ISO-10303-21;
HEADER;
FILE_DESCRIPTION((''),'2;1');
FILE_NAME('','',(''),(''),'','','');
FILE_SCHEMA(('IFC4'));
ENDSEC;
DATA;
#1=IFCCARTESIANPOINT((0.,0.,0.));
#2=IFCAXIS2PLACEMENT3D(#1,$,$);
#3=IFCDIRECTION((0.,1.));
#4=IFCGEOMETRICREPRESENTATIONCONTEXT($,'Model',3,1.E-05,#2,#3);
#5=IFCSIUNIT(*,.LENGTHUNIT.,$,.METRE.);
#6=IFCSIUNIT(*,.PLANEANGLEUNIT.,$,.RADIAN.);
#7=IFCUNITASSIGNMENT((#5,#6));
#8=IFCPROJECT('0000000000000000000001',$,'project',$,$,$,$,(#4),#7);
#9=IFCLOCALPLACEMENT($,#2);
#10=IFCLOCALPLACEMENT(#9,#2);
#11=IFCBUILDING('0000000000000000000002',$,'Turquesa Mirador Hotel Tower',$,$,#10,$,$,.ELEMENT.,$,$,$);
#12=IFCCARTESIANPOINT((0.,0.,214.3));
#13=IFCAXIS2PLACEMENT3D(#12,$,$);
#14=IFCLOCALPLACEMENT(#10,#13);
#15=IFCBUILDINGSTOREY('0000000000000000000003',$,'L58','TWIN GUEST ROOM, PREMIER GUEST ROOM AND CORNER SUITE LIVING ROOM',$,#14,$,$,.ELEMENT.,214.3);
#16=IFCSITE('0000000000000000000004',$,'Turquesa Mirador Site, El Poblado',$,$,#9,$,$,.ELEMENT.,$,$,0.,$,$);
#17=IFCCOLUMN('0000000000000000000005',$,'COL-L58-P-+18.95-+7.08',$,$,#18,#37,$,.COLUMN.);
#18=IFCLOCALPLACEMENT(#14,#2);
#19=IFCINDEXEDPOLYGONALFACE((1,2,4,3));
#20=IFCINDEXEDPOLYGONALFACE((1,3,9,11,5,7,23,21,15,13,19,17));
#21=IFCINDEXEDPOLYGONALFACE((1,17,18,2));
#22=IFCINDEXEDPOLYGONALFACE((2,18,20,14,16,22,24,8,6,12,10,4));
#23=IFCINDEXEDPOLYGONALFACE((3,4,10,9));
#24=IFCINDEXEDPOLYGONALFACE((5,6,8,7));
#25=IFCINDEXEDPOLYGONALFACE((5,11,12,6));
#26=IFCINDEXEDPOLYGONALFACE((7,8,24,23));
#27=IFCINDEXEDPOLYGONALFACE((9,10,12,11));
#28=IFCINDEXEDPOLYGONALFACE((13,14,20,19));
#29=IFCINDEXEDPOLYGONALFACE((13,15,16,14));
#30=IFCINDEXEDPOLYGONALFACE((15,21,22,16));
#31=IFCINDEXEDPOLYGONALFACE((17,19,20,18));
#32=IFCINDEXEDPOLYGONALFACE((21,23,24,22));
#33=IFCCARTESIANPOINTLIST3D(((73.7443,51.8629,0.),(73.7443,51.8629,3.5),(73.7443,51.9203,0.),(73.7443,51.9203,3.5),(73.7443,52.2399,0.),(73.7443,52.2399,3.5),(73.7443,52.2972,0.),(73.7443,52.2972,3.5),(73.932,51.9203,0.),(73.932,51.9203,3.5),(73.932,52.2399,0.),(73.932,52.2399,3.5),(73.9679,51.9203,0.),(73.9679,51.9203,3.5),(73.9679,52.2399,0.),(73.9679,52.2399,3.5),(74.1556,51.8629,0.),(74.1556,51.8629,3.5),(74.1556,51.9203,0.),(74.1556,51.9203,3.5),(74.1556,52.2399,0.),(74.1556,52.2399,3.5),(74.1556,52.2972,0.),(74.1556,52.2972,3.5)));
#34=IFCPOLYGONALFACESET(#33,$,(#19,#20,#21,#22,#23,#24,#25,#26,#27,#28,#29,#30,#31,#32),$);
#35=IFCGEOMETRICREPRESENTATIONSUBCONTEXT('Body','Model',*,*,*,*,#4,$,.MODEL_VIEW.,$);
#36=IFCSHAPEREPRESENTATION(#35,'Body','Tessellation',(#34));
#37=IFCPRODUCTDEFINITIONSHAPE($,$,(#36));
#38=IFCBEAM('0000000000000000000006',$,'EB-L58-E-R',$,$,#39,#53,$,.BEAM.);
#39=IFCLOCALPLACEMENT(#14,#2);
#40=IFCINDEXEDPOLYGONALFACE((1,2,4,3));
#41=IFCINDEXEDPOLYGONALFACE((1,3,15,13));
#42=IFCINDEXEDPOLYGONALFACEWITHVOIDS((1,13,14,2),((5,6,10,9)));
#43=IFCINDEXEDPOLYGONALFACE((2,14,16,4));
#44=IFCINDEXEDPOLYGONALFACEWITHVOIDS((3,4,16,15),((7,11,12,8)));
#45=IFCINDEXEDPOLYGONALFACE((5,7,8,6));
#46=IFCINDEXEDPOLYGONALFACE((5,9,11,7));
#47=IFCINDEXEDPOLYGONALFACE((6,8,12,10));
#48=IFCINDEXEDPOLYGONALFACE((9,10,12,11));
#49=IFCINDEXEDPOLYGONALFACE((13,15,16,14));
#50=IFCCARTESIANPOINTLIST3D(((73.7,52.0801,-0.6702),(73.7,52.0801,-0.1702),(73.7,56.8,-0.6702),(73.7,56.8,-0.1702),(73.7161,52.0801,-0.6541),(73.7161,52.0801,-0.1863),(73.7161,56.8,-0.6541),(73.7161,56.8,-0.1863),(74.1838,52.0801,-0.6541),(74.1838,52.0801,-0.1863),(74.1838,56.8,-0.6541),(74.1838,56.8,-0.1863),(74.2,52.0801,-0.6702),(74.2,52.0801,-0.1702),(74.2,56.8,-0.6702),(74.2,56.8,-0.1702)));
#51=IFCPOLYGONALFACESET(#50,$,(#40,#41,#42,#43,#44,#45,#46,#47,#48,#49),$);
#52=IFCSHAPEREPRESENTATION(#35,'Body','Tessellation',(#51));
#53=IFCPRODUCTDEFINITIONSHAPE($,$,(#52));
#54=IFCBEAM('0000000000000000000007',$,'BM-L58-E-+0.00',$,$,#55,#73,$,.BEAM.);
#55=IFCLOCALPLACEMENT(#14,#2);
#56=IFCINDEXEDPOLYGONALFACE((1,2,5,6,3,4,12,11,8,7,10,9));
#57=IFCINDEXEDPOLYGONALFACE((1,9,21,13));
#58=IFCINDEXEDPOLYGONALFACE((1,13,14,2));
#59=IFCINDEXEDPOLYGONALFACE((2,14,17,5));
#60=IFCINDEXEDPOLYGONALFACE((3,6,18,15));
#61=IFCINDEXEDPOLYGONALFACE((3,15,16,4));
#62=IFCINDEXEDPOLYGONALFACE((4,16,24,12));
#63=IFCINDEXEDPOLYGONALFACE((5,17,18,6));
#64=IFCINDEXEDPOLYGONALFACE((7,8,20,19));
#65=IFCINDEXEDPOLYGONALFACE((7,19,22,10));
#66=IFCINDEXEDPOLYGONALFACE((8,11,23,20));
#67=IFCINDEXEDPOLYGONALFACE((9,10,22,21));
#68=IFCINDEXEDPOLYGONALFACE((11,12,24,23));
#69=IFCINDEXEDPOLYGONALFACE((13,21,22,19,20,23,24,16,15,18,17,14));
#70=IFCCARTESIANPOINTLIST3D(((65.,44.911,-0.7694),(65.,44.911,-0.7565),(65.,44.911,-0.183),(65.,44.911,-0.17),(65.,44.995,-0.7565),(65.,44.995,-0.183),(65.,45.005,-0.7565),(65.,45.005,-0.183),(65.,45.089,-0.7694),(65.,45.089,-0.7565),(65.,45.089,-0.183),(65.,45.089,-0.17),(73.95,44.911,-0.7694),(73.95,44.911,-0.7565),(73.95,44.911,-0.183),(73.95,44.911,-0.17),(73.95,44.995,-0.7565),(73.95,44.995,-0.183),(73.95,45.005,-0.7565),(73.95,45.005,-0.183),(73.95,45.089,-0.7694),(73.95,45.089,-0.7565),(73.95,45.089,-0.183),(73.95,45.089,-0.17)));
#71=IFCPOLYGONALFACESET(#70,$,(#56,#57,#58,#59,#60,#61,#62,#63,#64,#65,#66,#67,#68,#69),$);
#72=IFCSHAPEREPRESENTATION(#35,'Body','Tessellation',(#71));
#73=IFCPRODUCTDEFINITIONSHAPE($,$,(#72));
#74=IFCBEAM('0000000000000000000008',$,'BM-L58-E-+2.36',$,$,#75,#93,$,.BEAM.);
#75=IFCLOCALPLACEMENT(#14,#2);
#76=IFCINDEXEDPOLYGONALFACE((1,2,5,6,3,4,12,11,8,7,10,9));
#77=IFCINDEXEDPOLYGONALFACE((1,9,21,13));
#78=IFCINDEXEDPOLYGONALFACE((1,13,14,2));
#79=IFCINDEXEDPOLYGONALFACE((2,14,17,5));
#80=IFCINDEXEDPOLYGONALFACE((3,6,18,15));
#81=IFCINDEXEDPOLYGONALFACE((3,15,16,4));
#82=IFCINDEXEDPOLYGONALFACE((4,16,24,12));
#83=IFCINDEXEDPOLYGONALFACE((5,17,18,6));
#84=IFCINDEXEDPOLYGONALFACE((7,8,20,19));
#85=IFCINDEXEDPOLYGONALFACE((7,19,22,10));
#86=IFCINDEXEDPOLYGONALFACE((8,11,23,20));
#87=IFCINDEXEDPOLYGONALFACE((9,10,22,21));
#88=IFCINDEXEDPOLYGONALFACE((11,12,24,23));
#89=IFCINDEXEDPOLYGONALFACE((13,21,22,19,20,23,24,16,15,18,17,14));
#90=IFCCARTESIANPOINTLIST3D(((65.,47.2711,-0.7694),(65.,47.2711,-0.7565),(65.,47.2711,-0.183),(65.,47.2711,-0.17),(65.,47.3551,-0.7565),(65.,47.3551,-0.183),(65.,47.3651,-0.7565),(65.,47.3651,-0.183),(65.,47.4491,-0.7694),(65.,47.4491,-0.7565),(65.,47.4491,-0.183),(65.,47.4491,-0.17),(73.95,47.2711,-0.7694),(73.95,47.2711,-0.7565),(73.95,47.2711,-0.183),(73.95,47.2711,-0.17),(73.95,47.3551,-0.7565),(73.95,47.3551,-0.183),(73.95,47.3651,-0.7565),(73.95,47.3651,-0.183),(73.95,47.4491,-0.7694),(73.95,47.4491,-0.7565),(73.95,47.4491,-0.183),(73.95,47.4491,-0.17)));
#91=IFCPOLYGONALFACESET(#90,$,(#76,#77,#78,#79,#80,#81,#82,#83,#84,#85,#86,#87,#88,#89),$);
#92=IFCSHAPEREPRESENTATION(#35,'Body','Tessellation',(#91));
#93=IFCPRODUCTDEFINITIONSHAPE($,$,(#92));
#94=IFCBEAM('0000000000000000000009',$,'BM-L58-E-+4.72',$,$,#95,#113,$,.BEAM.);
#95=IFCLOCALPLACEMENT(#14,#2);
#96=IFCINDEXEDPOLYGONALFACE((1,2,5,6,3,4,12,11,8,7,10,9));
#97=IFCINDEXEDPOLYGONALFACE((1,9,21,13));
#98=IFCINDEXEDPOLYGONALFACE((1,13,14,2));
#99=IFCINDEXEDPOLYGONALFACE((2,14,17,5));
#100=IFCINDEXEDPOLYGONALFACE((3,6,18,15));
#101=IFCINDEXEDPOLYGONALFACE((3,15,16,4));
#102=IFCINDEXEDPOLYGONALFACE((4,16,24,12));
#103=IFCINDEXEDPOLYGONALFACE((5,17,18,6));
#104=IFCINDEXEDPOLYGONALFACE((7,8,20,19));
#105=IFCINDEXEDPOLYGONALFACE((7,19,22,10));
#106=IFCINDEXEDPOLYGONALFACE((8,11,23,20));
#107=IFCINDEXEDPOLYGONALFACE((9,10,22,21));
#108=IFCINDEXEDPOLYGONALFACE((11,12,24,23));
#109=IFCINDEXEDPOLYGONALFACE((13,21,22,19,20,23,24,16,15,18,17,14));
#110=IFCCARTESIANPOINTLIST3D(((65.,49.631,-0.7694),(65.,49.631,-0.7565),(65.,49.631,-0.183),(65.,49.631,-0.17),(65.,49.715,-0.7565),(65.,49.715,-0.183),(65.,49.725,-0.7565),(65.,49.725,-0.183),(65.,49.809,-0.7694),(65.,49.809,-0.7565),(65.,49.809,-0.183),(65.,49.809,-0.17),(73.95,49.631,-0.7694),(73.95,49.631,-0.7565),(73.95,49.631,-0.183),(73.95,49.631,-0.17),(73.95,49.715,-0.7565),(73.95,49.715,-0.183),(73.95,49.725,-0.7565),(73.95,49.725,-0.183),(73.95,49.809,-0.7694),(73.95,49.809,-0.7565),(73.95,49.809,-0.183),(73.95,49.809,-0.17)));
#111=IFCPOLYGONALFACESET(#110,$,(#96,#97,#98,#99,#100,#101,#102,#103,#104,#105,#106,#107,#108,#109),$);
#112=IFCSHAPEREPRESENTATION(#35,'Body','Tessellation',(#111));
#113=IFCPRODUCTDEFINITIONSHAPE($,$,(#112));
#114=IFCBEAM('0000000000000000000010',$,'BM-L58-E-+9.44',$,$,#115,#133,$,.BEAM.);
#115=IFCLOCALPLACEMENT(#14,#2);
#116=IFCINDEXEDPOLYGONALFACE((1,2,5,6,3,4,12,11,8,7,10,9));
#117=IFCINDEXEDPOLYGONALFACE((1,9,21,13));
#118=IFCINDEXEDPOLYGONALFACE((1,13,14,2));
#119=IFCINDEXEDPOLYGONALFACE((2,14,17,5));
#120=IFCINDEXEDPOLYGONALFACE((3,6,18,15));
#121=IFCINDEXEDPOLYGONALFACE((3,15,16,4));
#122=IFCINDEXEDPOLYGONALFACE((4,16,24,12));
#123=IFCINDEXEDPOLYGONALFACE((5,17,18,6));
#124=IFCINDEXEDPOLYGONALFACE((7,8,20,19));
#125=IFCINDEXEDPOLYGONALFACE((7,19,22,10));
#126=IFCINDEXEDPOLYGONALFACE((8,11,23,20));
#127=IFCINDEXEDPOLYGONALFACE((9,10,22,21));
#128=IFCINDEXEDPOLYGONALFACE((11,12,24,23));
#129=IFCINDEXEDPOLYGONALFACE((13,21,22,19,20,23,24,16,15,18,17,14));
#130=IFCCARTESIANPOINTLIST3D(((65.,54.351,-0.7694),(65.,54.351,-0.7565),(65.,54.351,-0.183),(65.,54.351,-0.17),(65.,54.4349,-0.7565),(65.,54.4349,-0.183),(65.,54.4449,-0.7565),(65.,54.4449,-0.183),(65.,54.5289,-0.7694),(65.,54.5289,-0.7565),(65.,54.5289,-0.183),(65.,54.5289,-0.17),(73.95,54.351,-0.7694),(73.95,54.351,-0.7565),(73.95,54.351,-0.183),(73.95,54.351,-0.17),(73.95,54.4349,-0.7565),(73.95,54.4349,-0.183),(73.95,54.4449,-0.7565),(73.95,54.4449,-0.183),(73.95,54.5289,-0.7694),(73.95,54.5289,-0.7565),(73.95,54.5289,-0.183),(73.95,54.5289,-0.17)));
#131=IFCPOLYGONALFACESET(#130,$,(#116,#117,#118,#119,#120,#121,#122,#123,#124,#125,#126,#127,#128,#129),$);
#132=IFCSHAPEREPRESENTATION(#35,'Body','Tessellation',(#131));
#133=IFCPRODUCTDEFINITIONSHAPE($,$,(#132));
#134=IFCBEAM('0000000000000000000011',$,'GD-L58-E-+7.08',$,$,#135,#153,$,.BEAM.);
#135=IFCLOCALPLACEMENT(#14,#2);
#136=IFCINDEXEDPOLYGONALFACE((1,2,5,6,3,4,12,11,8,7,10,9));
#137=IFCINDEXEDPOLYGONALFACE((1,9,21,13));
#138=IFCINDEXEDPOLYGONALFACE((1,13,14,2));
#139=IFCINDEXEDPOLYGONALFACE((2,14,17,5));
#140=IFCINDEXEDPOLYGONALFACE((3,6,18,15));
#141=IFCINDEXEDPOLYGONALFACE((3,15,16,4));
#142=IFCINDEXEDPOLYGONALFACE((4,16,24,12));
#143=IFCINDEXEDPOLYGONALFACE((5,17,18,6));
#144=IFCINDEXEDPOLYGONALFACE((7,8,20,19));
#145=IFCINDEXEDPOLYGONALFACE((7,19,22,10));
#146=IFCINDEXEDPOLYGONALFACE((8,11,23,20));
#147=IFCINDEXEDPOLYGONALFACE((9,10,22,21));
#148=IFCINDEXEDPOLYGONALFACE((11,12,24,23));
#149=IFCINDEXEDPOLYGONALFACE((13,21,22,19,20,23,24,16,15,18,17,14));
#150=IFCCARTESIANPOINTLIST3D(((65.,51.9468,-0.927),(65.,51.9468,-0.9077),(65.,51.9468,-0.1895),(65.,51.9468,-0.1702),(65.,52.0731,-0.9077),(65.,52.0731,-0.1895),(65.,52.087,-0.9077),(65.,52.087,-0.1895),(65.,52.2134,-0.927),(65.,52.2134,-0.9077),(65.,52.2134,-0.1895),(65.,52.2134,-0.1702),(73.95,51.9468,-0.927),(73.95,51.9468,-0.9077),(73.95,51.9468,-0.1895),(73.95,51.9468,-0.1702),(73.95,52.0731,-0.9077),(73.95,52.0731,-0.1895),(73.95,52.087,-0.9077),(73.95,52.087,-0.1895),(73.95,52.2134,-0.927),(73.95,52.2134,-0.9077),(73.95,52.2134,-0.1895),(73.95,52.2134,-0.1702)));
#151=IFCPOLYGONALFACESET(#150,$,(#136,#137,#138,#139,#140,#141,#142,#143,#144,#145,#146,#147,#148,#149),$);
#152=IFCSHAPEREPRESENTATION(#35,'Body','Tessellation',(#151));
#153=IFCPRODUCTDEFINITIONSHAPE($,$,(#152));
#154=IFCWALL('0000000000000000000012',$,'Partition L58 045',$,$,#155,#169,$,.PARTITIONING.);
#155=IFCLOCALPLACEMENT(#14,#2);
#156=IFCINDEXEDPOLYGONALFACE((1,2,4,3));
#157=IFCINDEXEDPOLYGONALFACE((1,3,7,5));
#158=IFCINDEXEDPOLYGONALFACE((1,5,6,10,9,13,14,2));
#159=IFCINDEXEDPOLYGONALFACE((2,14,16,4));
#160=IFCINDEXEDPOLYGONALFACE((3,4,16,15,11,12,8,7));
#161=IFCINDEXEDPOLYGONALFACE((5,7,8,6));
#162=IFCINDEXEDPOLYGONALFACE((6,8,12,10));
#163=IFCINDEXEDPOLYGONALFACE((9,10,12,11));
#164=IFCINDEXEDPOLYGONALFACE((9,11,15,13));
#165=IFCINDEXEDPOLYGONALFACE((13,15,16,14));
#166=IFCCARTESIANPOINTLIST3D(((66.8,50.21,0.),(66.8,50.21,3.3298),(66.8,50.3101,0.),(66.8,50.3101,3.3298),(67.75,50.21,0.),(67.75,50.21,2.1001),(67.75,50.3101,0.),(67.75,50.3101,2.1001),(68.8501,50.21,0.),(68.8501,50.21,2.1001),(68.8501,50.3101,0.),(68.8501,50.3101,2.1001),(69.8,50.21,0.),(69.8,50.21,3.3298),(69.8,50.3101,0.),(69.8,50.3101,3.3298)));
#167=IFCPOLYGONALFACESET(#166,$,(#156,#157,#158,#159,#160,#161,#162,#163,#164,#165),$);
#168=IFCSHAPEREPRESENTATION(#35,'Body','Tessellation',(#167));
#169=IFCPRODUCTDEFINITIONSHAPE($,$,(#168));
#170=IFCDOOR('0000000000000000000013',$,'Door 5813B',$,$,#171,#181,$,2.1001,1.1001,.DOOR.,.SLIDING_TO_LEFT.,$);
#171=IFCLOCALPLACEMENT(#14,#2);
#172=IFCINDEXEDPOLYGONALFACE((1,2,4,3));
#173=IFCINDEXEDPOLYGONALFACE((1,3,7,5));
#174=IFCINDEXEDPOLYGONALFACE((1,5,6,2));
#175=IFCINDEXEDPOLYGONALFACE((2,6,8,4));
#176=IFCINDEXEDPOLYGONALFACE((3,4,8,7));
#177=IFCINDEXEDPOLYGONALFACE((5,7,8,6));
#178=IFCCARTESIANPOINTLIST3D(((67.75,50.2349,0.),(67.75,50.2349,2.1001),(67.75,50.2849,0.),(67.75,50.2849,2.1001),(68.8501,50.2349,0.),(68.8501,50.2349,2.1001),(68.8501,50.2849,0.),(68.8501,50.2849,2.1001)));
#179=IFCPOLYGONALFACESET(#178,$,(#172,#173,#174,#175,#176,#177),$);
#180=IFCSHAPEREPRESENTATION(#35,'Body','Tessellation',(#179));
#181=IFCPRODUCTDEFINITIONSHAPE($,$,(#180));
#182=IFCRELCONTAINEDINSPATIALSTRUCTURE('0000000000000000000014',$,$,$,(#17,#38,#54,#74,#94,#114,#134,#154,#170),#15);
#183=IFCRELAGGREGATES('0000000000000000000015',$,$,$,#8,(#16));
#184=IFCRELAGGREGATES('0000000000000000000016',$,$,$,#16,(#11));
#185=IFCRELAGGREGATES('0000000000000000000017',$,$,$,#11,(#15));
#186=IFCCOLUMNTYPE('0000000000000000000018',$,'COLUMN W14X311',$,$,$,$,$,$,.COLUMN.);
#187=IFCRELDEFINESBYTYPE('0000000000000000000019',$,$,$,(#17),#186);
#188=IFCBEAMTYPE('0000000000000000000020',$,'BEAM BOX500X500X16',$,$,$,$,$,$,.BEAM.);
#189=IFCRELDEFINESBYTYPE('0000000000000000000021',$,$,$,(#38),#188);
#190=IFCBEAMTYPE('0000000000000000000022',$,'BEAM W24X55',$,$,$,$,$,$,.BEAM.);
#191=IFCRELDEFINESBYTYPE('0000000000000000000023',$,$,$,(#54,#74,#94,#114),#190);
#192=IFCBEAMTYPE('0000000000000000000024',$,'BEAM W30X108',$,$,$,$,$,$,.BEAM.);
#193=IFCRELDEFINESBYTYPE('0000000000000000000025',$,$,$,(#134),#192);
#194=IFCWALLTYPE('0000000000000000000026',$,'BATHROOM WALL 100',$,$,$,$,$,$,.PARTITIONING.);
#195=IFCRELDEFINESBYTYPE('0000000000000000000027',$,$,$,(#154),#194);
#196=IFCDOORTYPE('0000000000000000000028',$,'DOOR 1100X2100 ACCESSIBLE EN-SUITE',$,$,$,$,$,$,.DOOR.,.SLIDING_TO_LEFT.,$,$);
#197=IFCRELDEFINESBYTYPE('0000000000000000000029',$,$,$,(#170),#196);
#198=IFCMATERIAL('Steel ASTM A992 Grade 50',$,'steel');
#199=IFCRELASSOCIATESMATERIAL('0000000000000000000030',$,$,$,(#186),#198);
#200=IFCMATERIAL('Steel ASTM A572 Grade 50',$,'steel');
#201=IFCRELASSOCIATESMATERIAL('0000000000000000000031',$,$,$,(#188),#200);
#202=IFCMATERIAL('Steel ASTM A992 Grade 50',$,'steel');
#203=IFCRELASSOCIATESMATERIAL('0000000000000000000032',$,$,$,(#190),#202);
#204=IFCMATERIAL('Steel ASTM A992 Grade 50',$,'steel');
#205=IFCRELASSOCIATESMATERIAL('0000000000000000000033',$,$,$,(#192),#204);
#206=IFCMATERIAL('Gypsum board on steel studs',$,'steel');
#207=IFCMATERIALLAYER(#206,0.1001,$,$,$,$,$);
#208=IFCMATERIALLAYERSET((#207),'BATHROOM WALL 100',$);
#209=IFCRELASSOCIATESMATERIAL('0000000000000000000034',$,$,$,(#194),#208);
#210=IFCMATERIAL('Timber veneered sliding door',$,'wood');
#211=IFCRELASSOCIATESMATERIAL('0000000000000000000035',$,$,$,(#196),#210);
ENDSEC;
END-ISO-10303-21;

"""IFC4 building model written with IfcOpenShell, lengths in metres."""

from ifc_helpers import new_model, si_unit, direction, frame, frame_2d, origin, origin_2d, place, context, subcontext, project, spatial, rectangle, hollow_rectangle, i_section, extrude, material, layer, layer_set, material_profile, profile_set, type_object, element, fill, save


model = new_model("IFC4")

# Units and contexts
model_context = context("Model", 3, precision=1e-05, world=origin(), true_north=direction((0.0, 1.0)))
body_context = subcontext(model_context, "Body", "Model", "MODEL_VIEW")
ifc_project = project(units=[si_unit("LENGTHUNIT", "METRE"), si_unit("PLANEANGLEUNIT", "RADIAN")], contexts=[model_context])

# Site, building, storey
site_placement = place(None, origin())
site = spatial("IfcSite", under=ifc_project, at=site_placement, Name="Turquesa Mirador Site, El Poblado", CompositionType="ELEMENT", RefElevation=0.0)
building_placement = place(site_placement, origin())
building = spatial("IfcBuilding", under=site, at=building_placement, Name="Turquesa Mirador Hotel Tower", CompositionType="ELEMENT")
storey_placement = place(building_placement, frame((0.0, 0.0, 214.3)))
storey = spatial("IfcBuildingStorey", under=building, at=storey_placement, Name="L58", Description="TWIN GUEST ROOM, PREMIER GUEST ROOM AND CORNER SUITE LIVING ROOM", CompositionType="ELEMENT", Elevation=214.3)

# Column
ifc_material_1 = material(Name="Steel ASTM A992 Grade 50", Category="steel")
ifc_material_profile_1 = material_profile(ifc_material_1, i_section(OverallWidth=0.4114, OverallDepth=0.4343, WebThickness=0.0359, FlangeThickness=0.0574, at=origin_2d()), Name="W14X311")
ifc_profile_set_1 = profile_set([ifc_material_profile_1], Name="Steel ASTM A992 Grade 50")
column_type = type_object("IfcColumnType", Name="COLUMN W14X311", PredefinedType="COLUMN", material=ifc_profile_set_1)
column_placement = place(storey_placement, frame((73.95, 52.0801, 0.0), z_axis=(0.0, 0.0, 1.0), x_axis=(1.0, 0.0, 0.0)))
element("IfcColumn", 1, at=column_placement, inside=storey, type_object=column_type, Name="COL-L58-P-+18.95-+7.08", PredefinedType="COLUMN", context=body_context, shape_type="SweptSolid", body=[
    extrude(i_section(OverallWidth=0.4114, OverallDepth=0.4343, WebThickness=0.0359, FlangeThickness=0.0574, at=origin_2d()), origin(), (0.0, 0.0, 1.0), 3.5),
])

# Beams
ifc_material_2 = material(Name="Steel ASTM A572 Grade 50", Category="steel")
ifc_material_profile_2 = material_profile(ifc_material_2, hollow_rectangle(XDim=0.5, YDim=0.5, WallThickness=0.0161, at=origin_2d()), Name="BOX500X500X16")
ifc_profile_set_2 = profile_set([ifc_material_profile_2], Name="Steel ASTM A572 Grade 50")
beam_type_1 = type_object("IfcBeamType", Name="BEAM BOX500X500X16", PredefinedType="BEAM", material=ifc_profile_set_2)
beam_1_placement = place(storey_placement, frame((73.95, 52.0801, -0.4202), z_axis=(0.0, 1.0, 0.0), x_axis=(-1.0, 0.0, 0.0)))
element("IfcBeam", 2, at=beam_1_placement, inside=storey, type_object=beam_type_1, Name="EB-L58-E-R", PredefinedType="BEAM", context=body_context, shape_type="SweptSolid", body=[
    extrude(hollow_rectangle(XDim=0.5, YDim=0.5, WallThickness=0.0161, at=origin_2d()), origin(), (0.0, 0.0, 1.0), 4.72),
])
ifc_material_3 = material(Name="Steel ASTM A992 Grade 50", Category="steel")
ifc_material_profile_3 = material_profile(ifc_material_3, i_section(OverallWidth=0.178, OverallDepth=0.5994, WebThickness=0.01, FlangeThickness=0.0129, at=origin_2d()), Name="W24X55")
ifc_profile_set_3 = profile_set([ifc_material_profile_3], Name="Steel ASTM A992 Grade 50")
beam_type_2 = type_object("IfcBeamType", Name="BEAM W24X55", PredefinedType="BEAM", material=ifc_profile_set_3)
for number, where, z_axis, x_axis, name in (
    (3, (73.95, 45.0, -0.4697), (-1.0, 0.0, 0.0), (0.0, -1.0, 0.0), "BM-L58-E-+0.00"),
    (4, (73.95, 47.3601, -0.4697), (-1.0, 0.0, 0.0), (0.0, -1.0, 0.0), "BM-L58-E-+2.36"),
    (5, (73.95, 49.72, -0.4697), (-1.0, 0.0, 0.0), (0.0, -1.0, 0.0), "BM-L58-E-+4.72"),
    (6, (73.95, 54.4399, -0.4697), (-1.0, 0.0, 0.0), (0.0, -1.0, 0.0), "BM-L58-E-+9.44"),
):
    element("IfcBeam", number, at=place(storey_placement, frame(where, z_axis=z_axis, x_axis=x_axis)), inside=storey, type_object=beam_type_2, Name=name, PredefinedType="BEAM", context=body_context, shape_type="SweptSolid", body=[
        extrude(i_section(OverallWidth=0.178, OverallDepth=0.5994, WebThickness=0.01, FlangeThickness=0.0129, at=origin_2d()), origin(), (0.0, 0.0, 1.0), 8.95),
    ])
ifc_material_4 = material(Name="Steel ASTM A992 Grade 50", Category="steel")
ifc_material_profile_4 = material_profile(ifc_material_4, i_section(OverallWidth=0.2666, OverallDepth=0.7568, WebThickness=0.0139, FlangeThickness=0.0193, at=origin_2d()), Name="W30X108")
ifc_profile_set_4 = profile_set([ifc_material_profile_4], Name="Steel ASTM A992 Grade 50")
beam_type_3 = type_object("IfcBeamType", Name="BEAM W30X108", PredefinedType="BEAM", material=ifc_profile_set_4)
beam_2_placement = place(storey_placement, frame((73.95, 52.0801, -0.5486), z_axis=(-1.0, 0.0, 0.0), x_axis=(0.0, -1.0, 0.0)))
element("IfcBeam", 7, at=beam_2_placement, inside=storey, type_object=beam_type_3, Name="GD-L58-E-+7.08", PredefinedType="BEAM", context=body_context, shape_type="SweptSolid", body=[
    extrude(i_section(OverallWidth=0.2666, OverallDepth=0.7568, WebThickness=0.0139, FlangeThickness=0.0193, at=origin_2d()), origin(), (0.0, 0.0, 1.0), 8.95),
])

# Wall, opening, door
ifc_material_5 = material(Name="Gypsum board on steel studs", Category="steel")
ifc_layer_1 = layer(ifc_material_5, 0.1001)
ifc_layer_set_1 = layer_set([ifc_layer_1], Name="BATHROOM WALL 100")
wall_type_1 = type_object("IfcWallType", Name="BATHROOM WALL 100", PredefinedType="PARTITIONING", material=ifc_layer_set_1)
wall_1_placement = place(storey_placement, frame((66.8, 50.26, 0.0), z_axis=(0.0, 0.0, 1.0), x_axis=(1.0, 0.0, 0.0)))
wall_1 = element("IfcWall", 8, at=wall_1_placement, inside=storey, type_object=wall_type_1, Name="Partition L58 045", PredefinedType="PARTITIONING", context=body_context, shape_type="SweptSolid", body=[
    extrude(rectangle(XDim=3.0, YDim=0.1001, at=frame_2d((1.5, 0.0))), origin(), (0.0, 0.0, 1.0), 3.3298),
])
opening_1_placement = place(wall_1_placement, frame((0.95, 0.0, 0.0)))
opening_1 = element("IfcOpeningElement", 9, at=opening_1_placement, cuts=wall_1, PredefinedType="OPENING", context=body_context, shape_type="SweptSolid", body=[
    extrude(rectangle(XDim=1.1001, YDim=2.1001, at=frame_2d((0.55, 1.05))), frame((0.0, 0.0601, 0.0), z_axis=(0.0, -1.0, 0.0), x_axis=(1.0, 0.0, 0.0)), (0.0, 0.0, 1.0), 0.1201),
])
ifc_material_6 = material(Name="Timber veneered sliding door", Category="wood")
door_type_1 = type_object("IfcDoorType", Name="DOOR 1100X2100 ACCESSIBLE EN-SUITE", OperationType="SLIDING_TO_LEFT", PredefinedType="DOOR", material=ifc_material_6)
door_1_placement = place(opening_1_placement, origin())
door_1 = element("IfcDoor", 10, at=door_1_placement, inside=storey, type_object=door_type_1, Name="Door 5813B", OperationType="SLIDING_TO_LEFT", OverallHeight=2.1001, OverallWidth=1.1001, PredefinedType="DOOR", context=body_context, shape_type="SweptSolid", body=[
    extrude(rectangle(XDim=1.1001, YDim=2.1001, at=frame_2d((0.55, 1.05))), frame((0.0, 0.0249, 0.0), z_axis=(0.0, -1.0, 0.0), x_axis=(1.0, 0.0, 0.0)), (0.0, 0.0, 1.0), 0.05),
])
fill(opening_1, door_1)

save(model, "model.ifc")
